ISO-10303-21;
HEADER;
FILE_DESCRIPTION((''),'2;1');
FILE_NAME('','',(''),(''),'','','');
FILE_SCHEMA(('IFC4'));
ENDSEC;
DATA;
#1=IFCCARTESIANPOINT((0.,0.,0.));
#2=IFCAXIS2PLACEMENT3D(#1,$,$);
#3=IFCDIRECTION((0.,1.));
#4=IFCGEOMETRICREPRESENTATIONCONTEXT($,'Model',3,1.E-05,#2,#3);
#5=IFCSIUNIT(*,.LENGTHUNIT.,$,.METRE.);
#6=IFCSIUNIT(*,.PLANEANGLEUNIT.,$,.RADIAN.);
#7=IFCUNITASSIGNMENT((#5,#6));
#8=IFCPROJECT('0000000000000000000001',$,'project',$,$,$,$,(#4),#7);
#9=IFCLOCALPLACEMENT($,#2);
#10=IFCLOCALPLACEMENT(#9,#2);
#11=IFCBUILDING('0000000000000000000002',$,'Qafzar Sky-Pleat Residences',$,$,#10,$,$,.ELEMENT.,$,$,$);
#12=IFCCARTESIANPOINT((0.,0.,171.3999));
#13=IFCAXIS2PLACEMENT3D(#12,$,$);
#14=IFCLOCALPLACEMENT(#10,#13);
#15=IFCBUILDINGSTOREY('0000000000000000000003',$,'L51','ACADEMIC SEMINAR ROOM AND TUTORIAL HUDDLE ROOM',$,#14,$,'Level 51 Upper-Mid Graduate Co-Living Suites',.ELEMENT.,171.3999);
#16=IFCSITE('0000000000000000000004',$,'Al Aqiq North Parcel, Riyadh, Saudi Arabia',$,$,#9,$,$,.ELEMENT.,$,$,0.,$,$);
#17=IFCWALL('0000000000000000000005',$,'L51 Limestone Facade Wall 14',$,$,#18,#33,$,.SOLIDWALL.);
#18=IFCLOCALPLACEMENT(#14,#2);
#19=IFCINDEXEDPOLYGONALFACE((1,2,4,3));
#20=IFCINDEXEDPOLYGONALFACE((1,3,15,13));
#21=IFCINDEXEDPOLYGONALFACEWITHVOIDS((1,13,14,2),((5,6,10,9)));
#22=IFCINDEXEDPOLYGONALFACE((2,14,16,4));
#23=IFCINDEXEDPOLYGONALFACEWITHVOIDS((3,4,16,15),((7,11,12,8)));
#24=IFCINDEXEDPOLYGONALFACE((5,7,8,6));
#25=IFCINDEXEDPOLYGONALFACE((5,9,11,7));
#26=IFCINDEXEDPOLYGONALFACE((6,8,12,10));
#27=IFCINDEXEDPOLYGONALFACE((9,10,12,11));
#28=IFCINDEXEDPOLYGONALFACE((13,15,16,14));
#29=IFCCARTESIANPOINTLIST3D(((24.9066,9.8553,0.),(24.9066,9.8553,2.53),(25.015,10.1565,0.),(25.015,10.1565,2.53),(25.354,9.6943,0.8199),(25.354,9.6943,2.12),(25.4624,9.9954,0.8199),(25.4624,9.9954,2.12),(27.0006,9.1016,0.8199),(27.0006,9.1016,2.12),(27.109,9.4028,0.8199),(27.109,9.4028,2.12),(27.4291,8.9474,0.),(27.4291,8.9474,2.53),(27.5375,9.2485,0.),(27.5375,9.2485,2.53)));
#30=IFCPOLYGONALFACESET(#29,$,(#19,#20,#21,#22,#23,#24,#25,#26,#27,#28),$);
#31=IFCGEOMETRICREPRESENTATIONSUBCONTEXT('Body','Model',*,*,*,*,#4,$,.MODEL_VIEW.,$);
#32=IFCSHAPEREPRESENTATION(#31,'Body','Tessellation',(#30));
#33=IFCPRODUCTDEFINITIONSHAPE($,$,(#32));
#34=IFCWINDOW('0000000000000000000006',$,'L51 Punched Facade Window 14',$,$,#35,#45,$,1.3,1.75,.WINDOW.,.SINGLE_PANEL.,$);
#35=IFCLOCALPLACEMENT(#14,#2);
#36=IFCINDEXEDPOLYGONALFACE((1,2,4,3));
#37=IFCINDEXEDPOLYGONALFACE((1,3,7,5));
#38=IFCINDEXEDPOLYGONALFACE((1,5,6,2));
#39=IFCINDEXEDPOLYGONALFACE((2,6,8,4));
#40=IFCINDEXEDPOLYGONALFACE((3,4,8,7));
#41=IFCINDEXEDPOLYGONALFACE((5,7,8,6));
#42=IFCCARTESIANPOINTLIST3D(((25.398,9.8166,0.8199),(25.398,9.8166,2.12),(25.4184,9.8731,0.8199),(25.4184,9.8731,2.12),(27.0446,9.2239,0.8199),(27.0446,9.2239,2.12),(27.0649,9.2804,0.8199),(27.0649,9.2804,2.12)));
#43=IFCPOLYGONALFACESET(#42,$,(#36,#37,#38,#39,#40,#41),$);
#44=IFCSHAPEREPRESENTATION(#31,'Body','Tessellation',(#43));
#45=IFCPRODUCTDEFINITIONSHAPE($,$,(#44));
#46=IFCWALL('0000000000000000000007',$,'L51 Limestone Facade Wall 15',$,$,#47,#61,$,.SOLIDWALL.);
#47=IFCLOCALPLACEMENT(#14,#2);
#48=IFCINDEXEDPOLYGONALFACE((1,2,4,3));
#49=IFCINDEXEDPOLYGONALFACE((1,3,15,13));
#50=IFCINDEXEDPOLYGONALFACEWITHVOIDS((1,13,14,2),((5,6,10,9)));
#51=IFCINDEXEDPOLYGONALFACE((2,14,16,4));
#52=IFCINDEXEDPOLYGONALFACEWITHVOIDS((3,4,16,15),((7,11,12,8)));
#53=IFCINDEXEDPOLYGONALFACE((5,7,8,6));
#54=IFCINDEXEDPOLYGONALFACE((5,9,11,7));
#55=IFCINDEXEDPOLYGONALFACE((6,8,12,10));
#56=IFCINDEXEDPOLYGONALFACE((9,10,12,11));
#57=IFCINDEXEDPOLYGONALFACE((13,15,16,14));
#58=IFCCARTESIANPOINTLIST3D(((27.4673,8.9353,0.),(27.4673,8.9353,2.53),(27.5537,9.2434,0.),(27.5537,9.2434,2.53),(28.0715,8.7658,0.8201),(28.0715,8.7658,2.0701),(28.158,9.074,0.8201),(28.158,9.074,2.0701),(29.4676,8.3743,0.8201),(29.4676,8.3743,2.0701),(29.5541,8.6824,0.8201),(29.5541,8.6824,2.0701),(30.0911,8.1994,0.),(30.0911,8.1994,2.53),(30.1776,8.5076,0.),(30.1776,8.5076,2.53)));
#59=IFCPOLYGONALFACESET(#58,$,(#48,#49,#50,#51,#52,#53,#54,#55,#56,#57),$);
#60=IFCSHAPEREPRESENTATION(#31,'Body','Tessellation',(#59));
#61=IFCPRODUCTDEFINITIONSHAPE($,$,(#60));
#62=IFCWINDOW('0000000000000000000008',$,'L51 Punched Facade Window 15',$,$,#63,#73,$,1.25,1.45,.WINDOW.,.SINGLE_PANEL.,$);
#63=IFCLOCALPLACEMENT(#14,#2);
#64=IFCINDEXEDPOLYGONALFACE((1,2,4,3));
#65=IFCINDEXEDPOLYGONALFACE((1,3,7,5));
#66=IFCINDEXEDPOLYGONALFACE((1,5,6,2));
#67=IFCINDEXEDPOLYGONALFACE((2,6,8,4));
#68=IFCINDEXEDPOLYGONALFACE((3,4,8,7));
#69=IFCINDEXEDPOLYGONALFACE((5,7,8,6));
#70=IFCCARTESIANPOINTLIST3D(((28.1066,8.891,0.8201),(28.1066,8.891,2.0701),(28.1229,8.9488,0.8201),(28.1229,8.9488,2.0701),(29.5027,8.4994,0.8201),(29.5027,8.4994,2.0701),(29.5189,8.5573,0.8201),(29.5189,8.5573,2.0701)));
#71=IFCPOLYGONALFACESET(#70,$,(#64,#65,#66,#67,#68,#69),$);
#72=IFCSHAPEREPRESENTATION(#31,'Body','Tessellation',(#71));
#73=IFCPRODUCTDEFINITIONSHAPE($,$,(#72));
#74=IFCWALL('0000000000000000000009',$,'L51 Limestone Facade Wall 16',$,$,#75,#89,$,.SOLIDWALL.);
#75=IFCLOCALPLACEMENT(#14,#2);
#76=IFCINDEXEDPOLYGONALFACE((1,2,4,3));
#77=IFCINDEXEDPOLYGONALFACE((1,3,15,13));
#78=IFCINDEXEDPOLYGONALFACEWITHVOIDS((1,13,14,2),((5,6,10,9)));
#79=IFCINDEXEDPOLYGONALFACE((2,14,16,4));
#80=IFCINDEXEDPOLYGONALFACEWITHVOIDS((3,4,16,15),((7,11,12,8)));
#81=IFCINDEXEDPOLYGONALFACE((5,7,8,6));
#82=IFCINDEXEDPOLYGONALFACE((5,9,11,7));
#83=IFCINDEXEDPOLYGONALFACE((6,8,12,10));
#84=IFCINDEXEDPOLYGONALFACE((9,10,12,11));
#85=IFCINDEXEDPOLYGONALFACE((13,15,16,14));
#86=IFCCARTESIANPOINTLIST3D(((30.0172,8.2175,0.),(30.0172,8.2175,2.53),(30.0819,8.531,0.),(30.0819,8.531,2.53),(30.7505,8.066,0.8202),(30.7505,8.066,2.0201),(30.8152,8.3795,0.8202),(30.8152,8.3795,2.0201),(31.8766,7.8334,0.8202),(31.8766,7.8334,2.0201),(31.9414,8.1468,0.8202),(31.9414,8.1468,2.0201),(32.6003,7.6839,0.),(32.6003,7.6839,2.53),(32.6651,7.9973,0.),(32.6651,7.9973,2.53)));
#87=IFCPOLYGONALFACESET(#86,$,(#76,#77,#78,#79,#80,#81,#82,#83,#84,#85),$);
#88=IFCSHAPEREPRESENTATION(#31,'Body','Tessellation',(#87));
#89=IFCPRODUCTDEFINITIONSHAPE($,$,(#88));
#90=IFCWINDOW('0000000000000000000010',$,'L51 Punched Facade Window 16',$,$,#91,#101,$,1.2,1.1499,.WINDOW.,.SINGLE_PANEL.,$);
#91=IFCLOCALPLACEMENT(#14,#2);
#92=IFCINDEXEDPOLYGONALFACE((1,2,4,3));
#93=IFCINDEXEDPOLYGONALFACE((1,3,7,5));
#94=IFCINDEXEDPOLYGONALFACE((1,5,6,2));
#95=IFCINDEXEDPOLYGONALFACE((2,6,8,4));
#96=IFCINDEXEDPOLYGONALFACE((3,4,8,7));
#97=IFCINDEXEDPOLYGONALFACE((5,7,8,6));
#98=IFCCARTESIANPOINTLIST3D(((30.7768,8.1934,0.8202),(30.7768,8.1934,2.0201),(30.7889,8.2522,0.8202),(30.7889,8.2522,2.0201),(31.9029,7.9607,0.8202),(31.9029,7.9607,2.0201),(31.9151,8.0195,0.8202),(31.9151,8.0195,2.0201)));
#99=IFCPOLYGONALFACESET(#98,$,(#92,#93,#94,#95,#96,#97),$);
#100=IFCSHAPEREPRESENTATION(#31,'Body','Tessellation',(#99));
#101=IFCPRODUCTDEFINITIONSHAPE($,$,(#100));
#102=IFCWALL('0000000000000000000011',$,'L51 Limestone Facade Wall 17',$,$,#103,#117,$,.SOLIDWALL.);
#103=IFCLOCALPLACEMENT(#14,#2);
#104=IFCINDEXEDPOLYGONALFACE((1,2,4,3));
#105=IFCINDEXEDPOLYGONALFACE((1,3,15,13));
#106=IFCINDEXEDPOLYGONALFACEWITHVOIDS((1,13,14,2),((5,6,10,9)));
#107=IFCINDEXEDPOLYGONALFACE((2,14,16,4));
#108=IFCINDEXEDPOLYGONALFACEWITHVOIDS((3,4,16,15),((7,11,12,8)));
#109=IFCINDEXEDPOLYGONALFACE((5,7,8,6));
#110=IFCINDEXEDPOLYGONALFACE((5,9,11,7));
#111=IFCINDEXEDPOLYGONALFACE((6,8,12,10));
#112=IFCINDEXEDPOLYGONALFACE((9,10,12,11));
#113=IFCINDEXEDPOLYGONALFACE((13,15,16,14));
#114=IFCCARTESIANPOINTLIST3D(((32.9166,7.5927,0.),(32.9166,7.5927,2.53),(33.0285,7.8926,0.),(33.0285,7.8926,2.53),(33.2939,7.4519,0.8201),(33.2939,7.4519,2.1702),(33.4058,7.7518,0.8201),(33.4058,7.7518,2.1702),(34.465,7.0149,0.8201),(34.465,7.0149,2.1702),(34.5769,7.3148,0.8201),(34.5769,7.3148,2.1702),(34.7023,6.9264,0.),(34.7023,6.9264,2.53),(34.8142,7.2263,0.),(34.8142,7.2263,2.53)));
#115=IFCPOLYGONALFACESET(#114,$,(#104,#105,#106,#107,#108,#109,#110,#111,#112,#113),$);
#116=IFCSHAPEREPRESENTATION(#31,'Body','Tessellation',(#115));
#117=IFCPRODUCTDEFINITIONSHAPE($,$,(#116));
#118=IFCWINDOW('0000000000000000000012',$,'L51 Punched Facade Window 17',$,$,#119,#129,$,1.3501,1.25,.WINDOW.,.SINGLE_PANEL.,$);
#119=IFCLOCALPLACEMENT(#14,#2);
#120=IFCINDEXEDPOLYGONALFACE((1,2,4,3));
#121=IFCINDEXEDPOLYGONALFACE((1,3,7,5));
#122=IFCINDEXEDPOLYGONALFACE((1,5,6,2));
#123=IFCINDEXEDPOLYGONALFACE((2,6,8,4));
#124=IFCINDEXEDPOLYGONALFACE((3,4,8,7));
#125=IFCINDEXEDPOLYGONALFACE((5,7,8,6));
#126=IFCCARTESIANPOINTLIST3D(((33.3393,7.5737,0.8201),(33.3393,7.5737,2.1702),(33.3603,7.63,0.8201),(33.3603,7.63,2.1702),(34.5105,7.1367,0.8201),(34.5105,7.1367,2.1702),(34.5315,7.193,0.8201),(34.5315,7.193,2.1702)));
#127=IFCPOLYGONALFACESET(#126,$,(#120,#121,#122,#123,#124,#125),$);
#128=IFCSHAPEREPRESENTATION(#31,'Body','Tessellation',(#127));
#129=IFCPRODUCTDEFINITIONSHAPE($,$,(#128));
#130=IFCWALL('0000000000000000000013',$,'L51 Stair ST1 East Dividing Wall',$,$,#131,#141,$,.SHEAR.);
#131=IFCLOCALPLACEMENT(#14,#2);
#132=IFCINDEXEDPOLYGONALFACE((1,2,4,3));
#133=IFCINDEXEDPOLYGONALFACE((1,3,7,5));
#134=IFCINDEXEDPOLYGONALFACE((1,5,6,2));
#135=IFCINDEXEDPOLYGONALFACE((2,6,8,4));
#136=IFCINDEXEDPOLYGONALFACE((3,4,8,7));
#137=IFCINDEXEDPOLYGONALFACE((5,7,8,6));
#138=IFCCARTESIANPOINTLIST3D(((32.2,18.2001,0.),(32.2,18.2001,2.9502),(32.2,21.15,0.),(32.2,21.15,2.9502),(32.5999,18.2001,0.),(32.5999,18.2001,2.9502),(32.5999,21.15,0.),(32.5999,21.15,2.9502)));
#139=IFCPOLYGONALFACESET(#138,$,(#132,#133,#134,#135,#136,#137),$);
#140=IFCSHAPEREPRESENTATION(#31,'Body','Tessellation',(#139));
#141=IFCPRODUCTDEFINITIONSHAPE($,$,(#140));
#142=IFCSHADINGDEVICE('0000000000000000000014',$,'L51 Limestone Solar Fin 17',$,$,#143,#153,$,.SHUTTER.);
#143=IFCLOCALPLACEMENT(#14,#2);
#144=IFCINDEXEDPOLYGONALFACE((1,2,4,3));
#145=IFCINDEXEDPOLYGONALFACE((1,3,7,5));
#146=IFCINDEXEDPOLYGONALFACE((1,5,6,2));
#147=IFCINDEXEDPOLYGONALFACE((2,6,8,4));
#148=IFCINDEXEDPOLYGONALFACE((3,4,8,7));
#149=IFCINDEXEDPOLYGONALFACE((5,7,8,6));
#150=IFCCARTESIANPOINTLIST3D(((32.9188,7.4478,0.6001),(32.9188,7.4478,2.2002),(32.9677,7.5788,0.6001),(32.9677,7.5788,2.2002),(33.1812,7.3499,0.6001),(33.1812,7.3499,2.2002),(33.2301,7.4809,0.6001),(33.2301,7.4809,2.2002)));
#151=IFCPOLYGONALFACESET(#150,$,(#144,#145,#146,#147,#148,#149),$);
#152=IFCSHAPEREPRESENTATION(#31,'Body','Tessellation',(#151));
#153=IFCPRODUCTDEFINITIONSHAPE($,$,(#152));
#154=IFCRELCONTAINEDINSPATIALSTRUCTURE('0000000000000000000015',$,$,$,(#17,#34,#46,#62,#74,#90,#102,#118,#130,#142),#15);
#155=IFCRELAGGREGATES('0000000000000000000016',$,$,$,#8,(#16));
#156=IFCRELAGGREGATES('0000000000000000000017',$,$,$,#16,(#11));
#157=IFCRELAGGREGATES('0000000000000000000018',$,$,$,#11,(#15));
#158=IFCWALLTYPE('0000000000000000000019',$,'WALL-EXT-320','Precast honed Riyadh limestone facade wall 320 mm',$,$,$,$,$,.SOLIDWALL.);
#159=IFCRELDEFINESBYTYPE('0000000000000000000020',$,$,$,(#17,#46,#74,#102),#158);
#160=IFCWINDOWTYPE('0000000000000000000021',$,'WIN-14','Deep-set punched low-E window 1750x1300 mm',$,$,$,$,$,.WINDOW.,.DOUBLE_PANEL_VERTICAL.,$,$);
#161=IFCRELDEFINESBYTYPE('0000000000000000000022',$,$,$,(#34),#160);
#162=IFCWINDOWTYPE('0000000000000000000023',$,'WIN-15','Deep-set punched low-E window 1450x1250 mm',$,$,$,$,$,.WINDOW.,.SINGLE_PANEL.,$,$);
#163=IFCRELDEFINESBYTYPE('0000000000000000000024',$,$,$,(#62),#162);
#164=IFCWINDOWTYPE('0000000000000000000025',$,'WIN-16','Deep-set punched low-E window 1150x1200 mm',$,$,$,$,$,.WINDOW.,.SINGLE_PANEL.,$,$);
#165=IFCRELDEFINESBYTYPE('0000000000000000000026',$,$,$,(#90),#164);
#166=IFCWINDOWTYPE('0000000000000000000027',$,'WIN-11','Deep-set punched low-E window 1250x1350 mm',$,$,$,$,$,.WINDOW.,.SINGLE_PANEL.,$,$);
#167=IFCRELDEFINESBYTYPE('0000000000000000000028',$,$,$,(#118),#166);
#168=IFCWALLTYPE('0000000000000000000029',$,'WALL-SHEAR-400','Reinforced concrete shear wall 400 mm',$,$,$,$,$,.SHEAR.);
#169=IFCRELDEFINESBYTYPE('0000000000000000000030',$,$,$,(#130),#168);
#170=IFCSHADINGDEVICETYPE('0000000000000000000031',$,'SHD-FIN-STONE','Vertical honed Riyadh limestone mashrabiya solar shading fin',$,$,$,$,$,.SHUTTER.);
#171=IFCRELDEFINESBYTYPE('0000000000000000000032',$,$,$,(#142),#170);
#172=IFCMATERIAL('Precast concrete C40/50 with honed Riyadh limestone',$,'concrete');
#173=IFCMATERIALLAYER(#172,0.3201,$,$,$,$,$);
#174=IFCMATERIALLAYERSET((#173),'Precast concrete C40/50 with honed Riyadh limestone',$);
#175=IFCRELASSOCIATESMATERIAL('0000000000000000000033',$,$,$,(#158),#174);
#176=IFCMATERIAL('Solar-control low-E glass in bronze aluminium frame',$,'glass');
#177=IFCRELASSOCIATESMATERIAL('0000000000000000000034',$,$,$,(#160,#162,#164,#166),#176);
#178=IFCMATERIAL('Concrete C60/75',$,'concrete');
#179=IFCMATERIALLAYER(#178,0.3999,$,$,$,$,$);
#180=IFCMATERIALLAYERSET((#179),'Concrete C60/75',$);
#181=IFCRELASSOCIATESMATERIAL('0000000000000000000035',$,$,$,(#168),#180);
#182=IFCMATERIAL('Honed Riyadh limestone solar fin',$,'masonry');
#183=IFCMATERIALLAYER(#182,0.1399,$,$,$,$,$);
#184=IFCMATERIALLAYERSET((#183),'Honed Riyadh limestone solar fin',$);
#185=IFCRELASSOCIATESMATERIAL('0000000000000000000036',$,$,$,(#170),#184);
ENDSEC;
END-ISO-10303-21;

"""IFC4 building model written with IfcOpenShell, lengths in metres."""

from ifc_helpers import new_model, si_unit, direction, frame, frame_2d, origin, origin_2d, place, context, subcontext, project, spatial, rectangle, extrude, source, transform, mapped, material, layer, layer_set, type_object, element, fill, save


model = new_model("IFC4")

# Units and contexts
model_context = context("Model", 3, precision=1e-05, world=origin(), true_north=direction((0.0, 1.0)))
body_context = subcontext(model_context, "Body", "Model", "MODEL_VIEW")
ifc_project = project(units=[si_unit("LENGTHUNIT", "METRE"), si_unit("PLANEANGLEUNIT", "RADIAN")], contexts=[model_context])

# Site, building, storey
site_placement = place(None, origin())
site = spatial("IfcSite", under=ifc_project, at=site_placement, Name="Al Aqiq North Parcel, Riyadh, Saudi Arabia", CompositionType="ELEMENT", RefElevation=0.0)
building_placement = place(site_placement, origin())
building = spatial("IfcBuilding", under=site, at=building_placement, Name="Qafzar Sky-Pleat Residences", CompositionType="ELEMENT")
storey_placement = place(building_placement, frame((0.0, 0.0, 171.3999)))
storey = spatial("IfcBuildingStorey", under=building, at=storey_placement, Name="L51", Description="ACADEMIC SEMINAR ROOM AND TUTORIAL HUDDLE ROOM", LongName="Level 51 Upper-Mid Graduate Co-Living Suites", CompositionType="ELEMENT", Elevation=171.3999)

# Shared definitions
ifc_material_1 = material(Name="Concrete C60/75", Category="concrete")

# Walls, openings, windows
ifc_material_2 = material(Name="Precast concrete C40/50 with honed Riyadh limestone", Category="concrete")
ifc_layer_1 = layer(ifc_material_2, 0.3201)
ifc_layer_set_1 = layer_set([ifc_layer_1], Name="Precast concrete C40/50 with honed Riyadh limestone")
wall_type_1 = type_object("IfcWallType", Name="WALL-EXT-320", Description="Precast honed Riyadh limestone facade wall 320 mm", PredefinedType="SOLIDWALL", material=ifc_layer_set_1)
wall_1_placement = place(storey_placement, frame((24.9609, 10.0059, 0.0), z_axis=(0.0, 0.0, 1.0), x_axis=(0.940903, -0.338678, 0.0)))
wall_1 = element("IfcWall", 1, at=wall_1_placement, inside=storey, type_object=wall_type_1, Name="L51 Limestone Facade Wall 14", PredefinedType="SOLIDWALL", context=body_context, shape_type="SweptSolid", body=[
    extrude(rectangle(XDim=2.6809, YDim=0.3201, at=frame_2d((1.3403, 0.0))), origin(), (0.0, 0.0, 1.0), 2.53),
])
opening_1_placement = place(wall_1_placement, frame((0.4753, 0.0, 0.8201)))
opening_1 = element("IfcOpeningElement", 2, at=opening_1_placement, cuts=wall_1, PredefinedType="OPENING", context=body_context, shape_type="SweptSolid", body=[
    extrude(rectangle(XDim=1.75, YDim=1.3, at=frame_2d((0.875, 0.6499))), frame((0.0, 0.1699, 0.0), z_axis=(0.0, -1.0, 0.0), x_axis=(1.0, 0.0, 0.0)), (0.0, 0.0, 1.0), 0.3401),
])
ifc_material_3 = material(Name="Solar-control low-E glass in bronze aluminium frame", Category="glass")
window_type_1 = type_object("IfcWindowType", Name="WIN-14", Description="Deep-set punched low-E window 1750x1300 mm", PartitioningType="DOUBLE_PANEL_VERTICAL", PredefinedType="WINDOW", material=ifc_material_3)
shared_shape_1 = source(origin(), body_context, "Body", "SweptSolid", [
    extrude(rectangle(XDim=1.75, YDim=1.3, at=frame_2d((0.875, 0.6499))), frame((0.0, 0.03, 0.0), z_axis=(0.0, -1.0, 0.0), x_axis=(1.0, 0.0, 0.0)), (0.0, 0.0, 1.0), 0.0601),
])
window_1_placement = place(opening_1_placement, origin())
window_1 = element("IfcWindow", 3, at=window_1_placement, inside=storey, type_object=window_type_1, Name="L51 Punched Facade Window 14", OverallHeight=1.3, OverallWidth=1.75, PartitioningType="SINGLE_PANEL", PredefinedType="WINDOW", context=body_context, shape_type="MappedRepresentation", body=[
    mapped(shared_shape_1, transform((0.0, 0.0, 0.0), x_axis=(1.0, 0.0, 0.0), y_axis=(0.0, 1.0, 0.0), z_axis=(0.0, 0.0, 1.0), scale=1.0)),
])
fill(opening_1, window_1)
wall_2_placement = place(storey_placement, frame((27.5105, 9.0894, 0.0), z_axis=(0.0, 0.0, 1.0), x_axis=(0.962851, -0.270032, 0.0)))
wall_2 = element("IfcWall", 4, at=wall_2_placement, inside=storey, type_object=wall_type_1, Name="L51 Limestone Facade Wall 15", PredefinedType="SOLIDWALL", context=body_context, shape_type="SweptSolid", body=[
    extrude(rectangle(XDim=2.7251, YDim=0.3201, at=frame_2d((1.3625, 0.0))), origin(), (0.0, 0.0, 1.0), 2.53),
])
opening_2_placement = place(wall_2_placement, frame((0.6274, 0.0, 0.8201)))
opening_2 = element("IfcOpeningElement", 5, at=opening_2_placement, cuts=wall_2, PredefinedType="OPENING", context=body_context, shape_type="SweptSolid", body=[
    extrude(rectangle(XDim=1.45, YDim=1.25, at=frame_2d((0.7251, 0.625))), frame((0.0, 0.1699, 0.0), z_axis=(0.0, -1.0, 0.0), x_axis=(1.0, 0.0, 0.0)), (0.0, 0.0, 1.0), 0.3401),
])
window_type_2 = type_object("IfcWindowType", Name="WIN-15", Description="Deep-set punched low-E window 1450x1250 mm", PartitioningType="SINGLE_PANEL", PredefinedType="WINDOW", material=ifc_material_3)
shared_shape_2 = source(origin(), body_context, "Body", "SweptSolid", [
    extrude(rectangle(XDim=1.45, YDim=1.25, at=frame_2d((0.7251, 0.625))), frame((0.0, 0.03, 0.0), z_axis=(0.0, -1.0, 0.0), x_axis=(1.0, 0.0, 0.0)), (0.0, 0.0, 1.0), 0.0601),
])
window_2_placement = place(opening_2_placement, origin())
window_2 = element("IfcWindow", 6, at=window_2_placement, inside=storey, type_object=window_type_2, Name="L51 Punched Facade Window 15", OverallHeight=1.25, OverallWidth=1.45, PartitioningType="SINGLE_PANEL", PredefinedType="WINDOW", context=body_context, shape_type="MappedRepresentation", body=[
    mapped(shared_shape_2, transform((0.0, 0.0, 0.0), x_axis=(1.0, 0.0, 0.0), y_axis=(0.0, 1.0, 0.0), z_axis=(0.0, 0.0, 1.0), scale=1.0)),
])
fill(opening_2, window_2)
wall_3_placement = place(storey_placement, frame((30.0496, 8.3743, 0.0), z_axis=(0.0, 0.0, 1.0), x_axis=(0.979319, -0.202324, 0.0)))
wall_3 = element("IfcWall", 7, at=wall_3_placement, inside=storey, type_object=wall_type_1, Name="L51 Limestone Facade Wall 16", PredefinedType="SOLIDWALL", context=body_context, shape_type="SweptSolid", body=[
    extrude(rectangle(XDim=2.6377, YDim=0.3201, at=frame_2d((1.3188, 0.0))), origin(), (0.0, 0.0, 1.0), 2.53),
])
opening_3_placement = place(wall_3_placement, frame((0.7488, 0.0, 0.8201)))
opening_3 = element("IfcOpeningElement", 8, at=opening_3_placement, cuts=wall_3, PredefinedType="OPENING", context=body_context, shape_type="SweptSolid", body=[
    extrude(rectangle(XDim=1.1499, YDim=1.2, at=frame_2d((0.575, 0.6001))), frame((0.0, 0.1699, 0.0), z_axis=(0.0, -1.0, 0.0), x_axis=(1.0, 0.0, 0.0)), (0.0, 0.0, 1.0), 0.3401),
])
window_type_3 = type_object("IfcWindowType", Name="WIN-16", Description="Deep-set punched low-E window 1150x1200 mm", PartitioningType="SINGLE_PANEL", PredefinedType="WINDOW", material=ifc_material_3)
shared_shape_3 = source(origin(), body_context, "Body", "SweptSolid", [
    extrude(rectangle(XDim=1.1499, YDim=1.2, at=frame_2d((0.575, 0.6001))), frame((0.0, 0.03, 0.0), z_axis=(0.0, -1.0, 0.0), x_axis=(1.0, 0.0, 0.0)), (0.0, 0.0, 1.0), 0.0601),
])
window_3_placement = place(opening_3_placement, origin())
window_3 = element("IfcWindow", 9, at=window_3_placement, inside=storey, type_object=window_type_3, Name="L51 Punched Facade Window 16", OverallHeight=1.2, OverallWidth=1.1499, PartitioningType="SINGLE_PANEL", PredefinedType="WINDOW", context=body_context, shape_type="MappedRepresentation", body=[
    mapped(shared_shape_3, transform((0.0, 0.0, 0.0), x_axis=(1.0, 0.0, 0.0), y_axis=(0.0, 1.0, 0.0), z_axis=(0.0, 0.0, 1.0), scale=1.0)),
])
fill(opening_3, window_3)
wall_4_placement = place(storey_placement, frame((32.9724, 7.7427, 0.0), z_axis=(0.0, 0.0, 1.0), x_axis=(0.936907, -0.349579, 0.0)))
wall_4 = element("IfcWall", 10, at=wall_4_placement, inside=storey, type_object=wall_type_1, Name="L51 Limestone Facade Wall 17", PredefinedType="SOLIDWALL", context=body_context, shape_type="SweptSolid", body=[
    extrude(rectangle(XDim=1.906, YDim=0.3201, at=frame_2d((0.9531, 0.0))), origin(), (0.0, 0.0, 1.0), 2.53),
])
opening_4_placement = place(wall_4_placement, frame((0.4028, 0.0, 0.8201)))
opening_4 = element("IfcOpeningElement", 11, at=opening_4_placement, cuts=wall_4, PredefinedType="OPENING", context=body_context, shape_type="SweptSolid", body=[
    extrude(rectangle(XDim=1.25, YDim=1.3501, at=frame_2d((0.625, 0.675))), frame((0.0, 0.1699, 0.0), z_axis=(0.0, -1.0, 0.0), x_axis=(1.0, 0.0, 0.0)), (0.0, 0.0, 1.0), 0.3401),
])
window_type_4 = type_object("IfcWindowType", Name="WIN-11", Description="Deep-set punched low-E window 1250x1350 mm", PartitioningType="SINGLE_PANEL", PredefinedType="WINDOW", material=ifc_material_3)
shared_shape_4 = source(origin(), body_context, "Body", "SweptSolid", [
    extrude(rectangle(XDim=1.25, YDim=1.3501, at=frame_2d((0.625, 0.675))), frame((0.0, 0.03, 0.0), z_axis=(0.0, -1.0, 0.0), x_axis=(1.0, 0.0, 0.0)), (0.0, 0.0, 1.0), 0.0601),
])
window_4_placement = place(opening_4_placement, origin())
window_4 = element("IfcWindow", 12, at=window_4_placement, inside=storey, type_object=window_type_4, Name="L51 Punched Facade Window 17", OverallHeight=1.3501, OverallWidth=1.25, PartitioningType="SINGLE_PANEL", PredefinedType="WINDOW", context=body_context, shape_type="MappedRepresentation", body=[
    mapped(shared_shape_4, transform((0.0, 0.0, 0.0), x_axis=(1.0, 0.0, 0.0), y_axis=(0.0, 1.0, 0.0), z_axis=(0.0, 0.0, 1.0), scale=1.0)),
])
fill(opening_4, window_4)

# Wall
ifc_layer_2 = layer(ifc_material_1, 0.3999)
ifc_layer_set_2 = layer_set([ifc_layer_2], Name="Concrete C60/75")
wall_type_2 = type_object("IfcWallType", Name="WALL-SHEAR-400", Description="Reinforced concrete shear wall 400 mm", PredefinedType="SHEAR", material=ifc_layer_set_2)
wall_5_placement = place(storey_placement, frame((32.3999, 18.2, 0.0), z_axis=(0.0, 0.0, 1.0), x_axis=(0.0, 1.0, 0.0)))
element("IfcWall", 13, at=wall_5_placement, inside=storey, type_object=wall_type_2, Name="L51 Stair ST1 East Dividing Wall", PredefinedType="SHEAR", context=body_context, shape_type="SweptSolid", body=[
    extrude(rectangle(XDim=2.95, YDim=0.3999, at=frame_2d((1.4751, 0.0))), origin(), (0.0, 0.0, 1.0), 2.9502),
])

# Shading device
ifc_material_4 = material(Name="Honed Riyadh limestone solar fin", Category="masonry")
ifc_layer_3 = layer(ifc_material_4, 0.1399)
ifc_layer_set_3 = layer_set([ifc_layer_3], Name="Honed Riyadh limestone solar fin")
shading_device_type = type_object("IfcShadingDeviceType", Name="SHD-FIN-STONE", Description="Vertical honed Riyadh limestone mashrabiya solar shading fin", PredefinedType="SHUTTER", material=ifc_layer_set_3)
shared_shape_5 = source(origin(), body_context, "Body", "SweptSolid", [
    extrude(rectangle(XDim=0.1399, YDim=0.28, at=origin_2d()), origin(), (0.0, 0.0, 1.0), 1.6001),
])
shading_device_placement = place(storey_placement, frame((33.0745, 7.4644, 0.6001), z_axis=(0.0, 0.0, 1.0), x_axis=(-0.349603, -0.936898, 0.0)))
element("IfcShadingDevice", 14, at=shading_device_placement, inside=storey, type_object=shading_device_type, Name="L51 Limestone Solar Fin 17", PredefinedType="SHUTTER", context=body_context, shape_type="MappedRepresentation", body=[
    mapped(shared_shape_5, transform((0.0, 0.0, 0.0), x_axis=(1.0, 0.0, 0.0), y_axis=(0.0, 1.0, 0.0), z_axis=(0.0, 0.0, 1.0), scale=1.0)),
])

save(model, "model.ifc")
